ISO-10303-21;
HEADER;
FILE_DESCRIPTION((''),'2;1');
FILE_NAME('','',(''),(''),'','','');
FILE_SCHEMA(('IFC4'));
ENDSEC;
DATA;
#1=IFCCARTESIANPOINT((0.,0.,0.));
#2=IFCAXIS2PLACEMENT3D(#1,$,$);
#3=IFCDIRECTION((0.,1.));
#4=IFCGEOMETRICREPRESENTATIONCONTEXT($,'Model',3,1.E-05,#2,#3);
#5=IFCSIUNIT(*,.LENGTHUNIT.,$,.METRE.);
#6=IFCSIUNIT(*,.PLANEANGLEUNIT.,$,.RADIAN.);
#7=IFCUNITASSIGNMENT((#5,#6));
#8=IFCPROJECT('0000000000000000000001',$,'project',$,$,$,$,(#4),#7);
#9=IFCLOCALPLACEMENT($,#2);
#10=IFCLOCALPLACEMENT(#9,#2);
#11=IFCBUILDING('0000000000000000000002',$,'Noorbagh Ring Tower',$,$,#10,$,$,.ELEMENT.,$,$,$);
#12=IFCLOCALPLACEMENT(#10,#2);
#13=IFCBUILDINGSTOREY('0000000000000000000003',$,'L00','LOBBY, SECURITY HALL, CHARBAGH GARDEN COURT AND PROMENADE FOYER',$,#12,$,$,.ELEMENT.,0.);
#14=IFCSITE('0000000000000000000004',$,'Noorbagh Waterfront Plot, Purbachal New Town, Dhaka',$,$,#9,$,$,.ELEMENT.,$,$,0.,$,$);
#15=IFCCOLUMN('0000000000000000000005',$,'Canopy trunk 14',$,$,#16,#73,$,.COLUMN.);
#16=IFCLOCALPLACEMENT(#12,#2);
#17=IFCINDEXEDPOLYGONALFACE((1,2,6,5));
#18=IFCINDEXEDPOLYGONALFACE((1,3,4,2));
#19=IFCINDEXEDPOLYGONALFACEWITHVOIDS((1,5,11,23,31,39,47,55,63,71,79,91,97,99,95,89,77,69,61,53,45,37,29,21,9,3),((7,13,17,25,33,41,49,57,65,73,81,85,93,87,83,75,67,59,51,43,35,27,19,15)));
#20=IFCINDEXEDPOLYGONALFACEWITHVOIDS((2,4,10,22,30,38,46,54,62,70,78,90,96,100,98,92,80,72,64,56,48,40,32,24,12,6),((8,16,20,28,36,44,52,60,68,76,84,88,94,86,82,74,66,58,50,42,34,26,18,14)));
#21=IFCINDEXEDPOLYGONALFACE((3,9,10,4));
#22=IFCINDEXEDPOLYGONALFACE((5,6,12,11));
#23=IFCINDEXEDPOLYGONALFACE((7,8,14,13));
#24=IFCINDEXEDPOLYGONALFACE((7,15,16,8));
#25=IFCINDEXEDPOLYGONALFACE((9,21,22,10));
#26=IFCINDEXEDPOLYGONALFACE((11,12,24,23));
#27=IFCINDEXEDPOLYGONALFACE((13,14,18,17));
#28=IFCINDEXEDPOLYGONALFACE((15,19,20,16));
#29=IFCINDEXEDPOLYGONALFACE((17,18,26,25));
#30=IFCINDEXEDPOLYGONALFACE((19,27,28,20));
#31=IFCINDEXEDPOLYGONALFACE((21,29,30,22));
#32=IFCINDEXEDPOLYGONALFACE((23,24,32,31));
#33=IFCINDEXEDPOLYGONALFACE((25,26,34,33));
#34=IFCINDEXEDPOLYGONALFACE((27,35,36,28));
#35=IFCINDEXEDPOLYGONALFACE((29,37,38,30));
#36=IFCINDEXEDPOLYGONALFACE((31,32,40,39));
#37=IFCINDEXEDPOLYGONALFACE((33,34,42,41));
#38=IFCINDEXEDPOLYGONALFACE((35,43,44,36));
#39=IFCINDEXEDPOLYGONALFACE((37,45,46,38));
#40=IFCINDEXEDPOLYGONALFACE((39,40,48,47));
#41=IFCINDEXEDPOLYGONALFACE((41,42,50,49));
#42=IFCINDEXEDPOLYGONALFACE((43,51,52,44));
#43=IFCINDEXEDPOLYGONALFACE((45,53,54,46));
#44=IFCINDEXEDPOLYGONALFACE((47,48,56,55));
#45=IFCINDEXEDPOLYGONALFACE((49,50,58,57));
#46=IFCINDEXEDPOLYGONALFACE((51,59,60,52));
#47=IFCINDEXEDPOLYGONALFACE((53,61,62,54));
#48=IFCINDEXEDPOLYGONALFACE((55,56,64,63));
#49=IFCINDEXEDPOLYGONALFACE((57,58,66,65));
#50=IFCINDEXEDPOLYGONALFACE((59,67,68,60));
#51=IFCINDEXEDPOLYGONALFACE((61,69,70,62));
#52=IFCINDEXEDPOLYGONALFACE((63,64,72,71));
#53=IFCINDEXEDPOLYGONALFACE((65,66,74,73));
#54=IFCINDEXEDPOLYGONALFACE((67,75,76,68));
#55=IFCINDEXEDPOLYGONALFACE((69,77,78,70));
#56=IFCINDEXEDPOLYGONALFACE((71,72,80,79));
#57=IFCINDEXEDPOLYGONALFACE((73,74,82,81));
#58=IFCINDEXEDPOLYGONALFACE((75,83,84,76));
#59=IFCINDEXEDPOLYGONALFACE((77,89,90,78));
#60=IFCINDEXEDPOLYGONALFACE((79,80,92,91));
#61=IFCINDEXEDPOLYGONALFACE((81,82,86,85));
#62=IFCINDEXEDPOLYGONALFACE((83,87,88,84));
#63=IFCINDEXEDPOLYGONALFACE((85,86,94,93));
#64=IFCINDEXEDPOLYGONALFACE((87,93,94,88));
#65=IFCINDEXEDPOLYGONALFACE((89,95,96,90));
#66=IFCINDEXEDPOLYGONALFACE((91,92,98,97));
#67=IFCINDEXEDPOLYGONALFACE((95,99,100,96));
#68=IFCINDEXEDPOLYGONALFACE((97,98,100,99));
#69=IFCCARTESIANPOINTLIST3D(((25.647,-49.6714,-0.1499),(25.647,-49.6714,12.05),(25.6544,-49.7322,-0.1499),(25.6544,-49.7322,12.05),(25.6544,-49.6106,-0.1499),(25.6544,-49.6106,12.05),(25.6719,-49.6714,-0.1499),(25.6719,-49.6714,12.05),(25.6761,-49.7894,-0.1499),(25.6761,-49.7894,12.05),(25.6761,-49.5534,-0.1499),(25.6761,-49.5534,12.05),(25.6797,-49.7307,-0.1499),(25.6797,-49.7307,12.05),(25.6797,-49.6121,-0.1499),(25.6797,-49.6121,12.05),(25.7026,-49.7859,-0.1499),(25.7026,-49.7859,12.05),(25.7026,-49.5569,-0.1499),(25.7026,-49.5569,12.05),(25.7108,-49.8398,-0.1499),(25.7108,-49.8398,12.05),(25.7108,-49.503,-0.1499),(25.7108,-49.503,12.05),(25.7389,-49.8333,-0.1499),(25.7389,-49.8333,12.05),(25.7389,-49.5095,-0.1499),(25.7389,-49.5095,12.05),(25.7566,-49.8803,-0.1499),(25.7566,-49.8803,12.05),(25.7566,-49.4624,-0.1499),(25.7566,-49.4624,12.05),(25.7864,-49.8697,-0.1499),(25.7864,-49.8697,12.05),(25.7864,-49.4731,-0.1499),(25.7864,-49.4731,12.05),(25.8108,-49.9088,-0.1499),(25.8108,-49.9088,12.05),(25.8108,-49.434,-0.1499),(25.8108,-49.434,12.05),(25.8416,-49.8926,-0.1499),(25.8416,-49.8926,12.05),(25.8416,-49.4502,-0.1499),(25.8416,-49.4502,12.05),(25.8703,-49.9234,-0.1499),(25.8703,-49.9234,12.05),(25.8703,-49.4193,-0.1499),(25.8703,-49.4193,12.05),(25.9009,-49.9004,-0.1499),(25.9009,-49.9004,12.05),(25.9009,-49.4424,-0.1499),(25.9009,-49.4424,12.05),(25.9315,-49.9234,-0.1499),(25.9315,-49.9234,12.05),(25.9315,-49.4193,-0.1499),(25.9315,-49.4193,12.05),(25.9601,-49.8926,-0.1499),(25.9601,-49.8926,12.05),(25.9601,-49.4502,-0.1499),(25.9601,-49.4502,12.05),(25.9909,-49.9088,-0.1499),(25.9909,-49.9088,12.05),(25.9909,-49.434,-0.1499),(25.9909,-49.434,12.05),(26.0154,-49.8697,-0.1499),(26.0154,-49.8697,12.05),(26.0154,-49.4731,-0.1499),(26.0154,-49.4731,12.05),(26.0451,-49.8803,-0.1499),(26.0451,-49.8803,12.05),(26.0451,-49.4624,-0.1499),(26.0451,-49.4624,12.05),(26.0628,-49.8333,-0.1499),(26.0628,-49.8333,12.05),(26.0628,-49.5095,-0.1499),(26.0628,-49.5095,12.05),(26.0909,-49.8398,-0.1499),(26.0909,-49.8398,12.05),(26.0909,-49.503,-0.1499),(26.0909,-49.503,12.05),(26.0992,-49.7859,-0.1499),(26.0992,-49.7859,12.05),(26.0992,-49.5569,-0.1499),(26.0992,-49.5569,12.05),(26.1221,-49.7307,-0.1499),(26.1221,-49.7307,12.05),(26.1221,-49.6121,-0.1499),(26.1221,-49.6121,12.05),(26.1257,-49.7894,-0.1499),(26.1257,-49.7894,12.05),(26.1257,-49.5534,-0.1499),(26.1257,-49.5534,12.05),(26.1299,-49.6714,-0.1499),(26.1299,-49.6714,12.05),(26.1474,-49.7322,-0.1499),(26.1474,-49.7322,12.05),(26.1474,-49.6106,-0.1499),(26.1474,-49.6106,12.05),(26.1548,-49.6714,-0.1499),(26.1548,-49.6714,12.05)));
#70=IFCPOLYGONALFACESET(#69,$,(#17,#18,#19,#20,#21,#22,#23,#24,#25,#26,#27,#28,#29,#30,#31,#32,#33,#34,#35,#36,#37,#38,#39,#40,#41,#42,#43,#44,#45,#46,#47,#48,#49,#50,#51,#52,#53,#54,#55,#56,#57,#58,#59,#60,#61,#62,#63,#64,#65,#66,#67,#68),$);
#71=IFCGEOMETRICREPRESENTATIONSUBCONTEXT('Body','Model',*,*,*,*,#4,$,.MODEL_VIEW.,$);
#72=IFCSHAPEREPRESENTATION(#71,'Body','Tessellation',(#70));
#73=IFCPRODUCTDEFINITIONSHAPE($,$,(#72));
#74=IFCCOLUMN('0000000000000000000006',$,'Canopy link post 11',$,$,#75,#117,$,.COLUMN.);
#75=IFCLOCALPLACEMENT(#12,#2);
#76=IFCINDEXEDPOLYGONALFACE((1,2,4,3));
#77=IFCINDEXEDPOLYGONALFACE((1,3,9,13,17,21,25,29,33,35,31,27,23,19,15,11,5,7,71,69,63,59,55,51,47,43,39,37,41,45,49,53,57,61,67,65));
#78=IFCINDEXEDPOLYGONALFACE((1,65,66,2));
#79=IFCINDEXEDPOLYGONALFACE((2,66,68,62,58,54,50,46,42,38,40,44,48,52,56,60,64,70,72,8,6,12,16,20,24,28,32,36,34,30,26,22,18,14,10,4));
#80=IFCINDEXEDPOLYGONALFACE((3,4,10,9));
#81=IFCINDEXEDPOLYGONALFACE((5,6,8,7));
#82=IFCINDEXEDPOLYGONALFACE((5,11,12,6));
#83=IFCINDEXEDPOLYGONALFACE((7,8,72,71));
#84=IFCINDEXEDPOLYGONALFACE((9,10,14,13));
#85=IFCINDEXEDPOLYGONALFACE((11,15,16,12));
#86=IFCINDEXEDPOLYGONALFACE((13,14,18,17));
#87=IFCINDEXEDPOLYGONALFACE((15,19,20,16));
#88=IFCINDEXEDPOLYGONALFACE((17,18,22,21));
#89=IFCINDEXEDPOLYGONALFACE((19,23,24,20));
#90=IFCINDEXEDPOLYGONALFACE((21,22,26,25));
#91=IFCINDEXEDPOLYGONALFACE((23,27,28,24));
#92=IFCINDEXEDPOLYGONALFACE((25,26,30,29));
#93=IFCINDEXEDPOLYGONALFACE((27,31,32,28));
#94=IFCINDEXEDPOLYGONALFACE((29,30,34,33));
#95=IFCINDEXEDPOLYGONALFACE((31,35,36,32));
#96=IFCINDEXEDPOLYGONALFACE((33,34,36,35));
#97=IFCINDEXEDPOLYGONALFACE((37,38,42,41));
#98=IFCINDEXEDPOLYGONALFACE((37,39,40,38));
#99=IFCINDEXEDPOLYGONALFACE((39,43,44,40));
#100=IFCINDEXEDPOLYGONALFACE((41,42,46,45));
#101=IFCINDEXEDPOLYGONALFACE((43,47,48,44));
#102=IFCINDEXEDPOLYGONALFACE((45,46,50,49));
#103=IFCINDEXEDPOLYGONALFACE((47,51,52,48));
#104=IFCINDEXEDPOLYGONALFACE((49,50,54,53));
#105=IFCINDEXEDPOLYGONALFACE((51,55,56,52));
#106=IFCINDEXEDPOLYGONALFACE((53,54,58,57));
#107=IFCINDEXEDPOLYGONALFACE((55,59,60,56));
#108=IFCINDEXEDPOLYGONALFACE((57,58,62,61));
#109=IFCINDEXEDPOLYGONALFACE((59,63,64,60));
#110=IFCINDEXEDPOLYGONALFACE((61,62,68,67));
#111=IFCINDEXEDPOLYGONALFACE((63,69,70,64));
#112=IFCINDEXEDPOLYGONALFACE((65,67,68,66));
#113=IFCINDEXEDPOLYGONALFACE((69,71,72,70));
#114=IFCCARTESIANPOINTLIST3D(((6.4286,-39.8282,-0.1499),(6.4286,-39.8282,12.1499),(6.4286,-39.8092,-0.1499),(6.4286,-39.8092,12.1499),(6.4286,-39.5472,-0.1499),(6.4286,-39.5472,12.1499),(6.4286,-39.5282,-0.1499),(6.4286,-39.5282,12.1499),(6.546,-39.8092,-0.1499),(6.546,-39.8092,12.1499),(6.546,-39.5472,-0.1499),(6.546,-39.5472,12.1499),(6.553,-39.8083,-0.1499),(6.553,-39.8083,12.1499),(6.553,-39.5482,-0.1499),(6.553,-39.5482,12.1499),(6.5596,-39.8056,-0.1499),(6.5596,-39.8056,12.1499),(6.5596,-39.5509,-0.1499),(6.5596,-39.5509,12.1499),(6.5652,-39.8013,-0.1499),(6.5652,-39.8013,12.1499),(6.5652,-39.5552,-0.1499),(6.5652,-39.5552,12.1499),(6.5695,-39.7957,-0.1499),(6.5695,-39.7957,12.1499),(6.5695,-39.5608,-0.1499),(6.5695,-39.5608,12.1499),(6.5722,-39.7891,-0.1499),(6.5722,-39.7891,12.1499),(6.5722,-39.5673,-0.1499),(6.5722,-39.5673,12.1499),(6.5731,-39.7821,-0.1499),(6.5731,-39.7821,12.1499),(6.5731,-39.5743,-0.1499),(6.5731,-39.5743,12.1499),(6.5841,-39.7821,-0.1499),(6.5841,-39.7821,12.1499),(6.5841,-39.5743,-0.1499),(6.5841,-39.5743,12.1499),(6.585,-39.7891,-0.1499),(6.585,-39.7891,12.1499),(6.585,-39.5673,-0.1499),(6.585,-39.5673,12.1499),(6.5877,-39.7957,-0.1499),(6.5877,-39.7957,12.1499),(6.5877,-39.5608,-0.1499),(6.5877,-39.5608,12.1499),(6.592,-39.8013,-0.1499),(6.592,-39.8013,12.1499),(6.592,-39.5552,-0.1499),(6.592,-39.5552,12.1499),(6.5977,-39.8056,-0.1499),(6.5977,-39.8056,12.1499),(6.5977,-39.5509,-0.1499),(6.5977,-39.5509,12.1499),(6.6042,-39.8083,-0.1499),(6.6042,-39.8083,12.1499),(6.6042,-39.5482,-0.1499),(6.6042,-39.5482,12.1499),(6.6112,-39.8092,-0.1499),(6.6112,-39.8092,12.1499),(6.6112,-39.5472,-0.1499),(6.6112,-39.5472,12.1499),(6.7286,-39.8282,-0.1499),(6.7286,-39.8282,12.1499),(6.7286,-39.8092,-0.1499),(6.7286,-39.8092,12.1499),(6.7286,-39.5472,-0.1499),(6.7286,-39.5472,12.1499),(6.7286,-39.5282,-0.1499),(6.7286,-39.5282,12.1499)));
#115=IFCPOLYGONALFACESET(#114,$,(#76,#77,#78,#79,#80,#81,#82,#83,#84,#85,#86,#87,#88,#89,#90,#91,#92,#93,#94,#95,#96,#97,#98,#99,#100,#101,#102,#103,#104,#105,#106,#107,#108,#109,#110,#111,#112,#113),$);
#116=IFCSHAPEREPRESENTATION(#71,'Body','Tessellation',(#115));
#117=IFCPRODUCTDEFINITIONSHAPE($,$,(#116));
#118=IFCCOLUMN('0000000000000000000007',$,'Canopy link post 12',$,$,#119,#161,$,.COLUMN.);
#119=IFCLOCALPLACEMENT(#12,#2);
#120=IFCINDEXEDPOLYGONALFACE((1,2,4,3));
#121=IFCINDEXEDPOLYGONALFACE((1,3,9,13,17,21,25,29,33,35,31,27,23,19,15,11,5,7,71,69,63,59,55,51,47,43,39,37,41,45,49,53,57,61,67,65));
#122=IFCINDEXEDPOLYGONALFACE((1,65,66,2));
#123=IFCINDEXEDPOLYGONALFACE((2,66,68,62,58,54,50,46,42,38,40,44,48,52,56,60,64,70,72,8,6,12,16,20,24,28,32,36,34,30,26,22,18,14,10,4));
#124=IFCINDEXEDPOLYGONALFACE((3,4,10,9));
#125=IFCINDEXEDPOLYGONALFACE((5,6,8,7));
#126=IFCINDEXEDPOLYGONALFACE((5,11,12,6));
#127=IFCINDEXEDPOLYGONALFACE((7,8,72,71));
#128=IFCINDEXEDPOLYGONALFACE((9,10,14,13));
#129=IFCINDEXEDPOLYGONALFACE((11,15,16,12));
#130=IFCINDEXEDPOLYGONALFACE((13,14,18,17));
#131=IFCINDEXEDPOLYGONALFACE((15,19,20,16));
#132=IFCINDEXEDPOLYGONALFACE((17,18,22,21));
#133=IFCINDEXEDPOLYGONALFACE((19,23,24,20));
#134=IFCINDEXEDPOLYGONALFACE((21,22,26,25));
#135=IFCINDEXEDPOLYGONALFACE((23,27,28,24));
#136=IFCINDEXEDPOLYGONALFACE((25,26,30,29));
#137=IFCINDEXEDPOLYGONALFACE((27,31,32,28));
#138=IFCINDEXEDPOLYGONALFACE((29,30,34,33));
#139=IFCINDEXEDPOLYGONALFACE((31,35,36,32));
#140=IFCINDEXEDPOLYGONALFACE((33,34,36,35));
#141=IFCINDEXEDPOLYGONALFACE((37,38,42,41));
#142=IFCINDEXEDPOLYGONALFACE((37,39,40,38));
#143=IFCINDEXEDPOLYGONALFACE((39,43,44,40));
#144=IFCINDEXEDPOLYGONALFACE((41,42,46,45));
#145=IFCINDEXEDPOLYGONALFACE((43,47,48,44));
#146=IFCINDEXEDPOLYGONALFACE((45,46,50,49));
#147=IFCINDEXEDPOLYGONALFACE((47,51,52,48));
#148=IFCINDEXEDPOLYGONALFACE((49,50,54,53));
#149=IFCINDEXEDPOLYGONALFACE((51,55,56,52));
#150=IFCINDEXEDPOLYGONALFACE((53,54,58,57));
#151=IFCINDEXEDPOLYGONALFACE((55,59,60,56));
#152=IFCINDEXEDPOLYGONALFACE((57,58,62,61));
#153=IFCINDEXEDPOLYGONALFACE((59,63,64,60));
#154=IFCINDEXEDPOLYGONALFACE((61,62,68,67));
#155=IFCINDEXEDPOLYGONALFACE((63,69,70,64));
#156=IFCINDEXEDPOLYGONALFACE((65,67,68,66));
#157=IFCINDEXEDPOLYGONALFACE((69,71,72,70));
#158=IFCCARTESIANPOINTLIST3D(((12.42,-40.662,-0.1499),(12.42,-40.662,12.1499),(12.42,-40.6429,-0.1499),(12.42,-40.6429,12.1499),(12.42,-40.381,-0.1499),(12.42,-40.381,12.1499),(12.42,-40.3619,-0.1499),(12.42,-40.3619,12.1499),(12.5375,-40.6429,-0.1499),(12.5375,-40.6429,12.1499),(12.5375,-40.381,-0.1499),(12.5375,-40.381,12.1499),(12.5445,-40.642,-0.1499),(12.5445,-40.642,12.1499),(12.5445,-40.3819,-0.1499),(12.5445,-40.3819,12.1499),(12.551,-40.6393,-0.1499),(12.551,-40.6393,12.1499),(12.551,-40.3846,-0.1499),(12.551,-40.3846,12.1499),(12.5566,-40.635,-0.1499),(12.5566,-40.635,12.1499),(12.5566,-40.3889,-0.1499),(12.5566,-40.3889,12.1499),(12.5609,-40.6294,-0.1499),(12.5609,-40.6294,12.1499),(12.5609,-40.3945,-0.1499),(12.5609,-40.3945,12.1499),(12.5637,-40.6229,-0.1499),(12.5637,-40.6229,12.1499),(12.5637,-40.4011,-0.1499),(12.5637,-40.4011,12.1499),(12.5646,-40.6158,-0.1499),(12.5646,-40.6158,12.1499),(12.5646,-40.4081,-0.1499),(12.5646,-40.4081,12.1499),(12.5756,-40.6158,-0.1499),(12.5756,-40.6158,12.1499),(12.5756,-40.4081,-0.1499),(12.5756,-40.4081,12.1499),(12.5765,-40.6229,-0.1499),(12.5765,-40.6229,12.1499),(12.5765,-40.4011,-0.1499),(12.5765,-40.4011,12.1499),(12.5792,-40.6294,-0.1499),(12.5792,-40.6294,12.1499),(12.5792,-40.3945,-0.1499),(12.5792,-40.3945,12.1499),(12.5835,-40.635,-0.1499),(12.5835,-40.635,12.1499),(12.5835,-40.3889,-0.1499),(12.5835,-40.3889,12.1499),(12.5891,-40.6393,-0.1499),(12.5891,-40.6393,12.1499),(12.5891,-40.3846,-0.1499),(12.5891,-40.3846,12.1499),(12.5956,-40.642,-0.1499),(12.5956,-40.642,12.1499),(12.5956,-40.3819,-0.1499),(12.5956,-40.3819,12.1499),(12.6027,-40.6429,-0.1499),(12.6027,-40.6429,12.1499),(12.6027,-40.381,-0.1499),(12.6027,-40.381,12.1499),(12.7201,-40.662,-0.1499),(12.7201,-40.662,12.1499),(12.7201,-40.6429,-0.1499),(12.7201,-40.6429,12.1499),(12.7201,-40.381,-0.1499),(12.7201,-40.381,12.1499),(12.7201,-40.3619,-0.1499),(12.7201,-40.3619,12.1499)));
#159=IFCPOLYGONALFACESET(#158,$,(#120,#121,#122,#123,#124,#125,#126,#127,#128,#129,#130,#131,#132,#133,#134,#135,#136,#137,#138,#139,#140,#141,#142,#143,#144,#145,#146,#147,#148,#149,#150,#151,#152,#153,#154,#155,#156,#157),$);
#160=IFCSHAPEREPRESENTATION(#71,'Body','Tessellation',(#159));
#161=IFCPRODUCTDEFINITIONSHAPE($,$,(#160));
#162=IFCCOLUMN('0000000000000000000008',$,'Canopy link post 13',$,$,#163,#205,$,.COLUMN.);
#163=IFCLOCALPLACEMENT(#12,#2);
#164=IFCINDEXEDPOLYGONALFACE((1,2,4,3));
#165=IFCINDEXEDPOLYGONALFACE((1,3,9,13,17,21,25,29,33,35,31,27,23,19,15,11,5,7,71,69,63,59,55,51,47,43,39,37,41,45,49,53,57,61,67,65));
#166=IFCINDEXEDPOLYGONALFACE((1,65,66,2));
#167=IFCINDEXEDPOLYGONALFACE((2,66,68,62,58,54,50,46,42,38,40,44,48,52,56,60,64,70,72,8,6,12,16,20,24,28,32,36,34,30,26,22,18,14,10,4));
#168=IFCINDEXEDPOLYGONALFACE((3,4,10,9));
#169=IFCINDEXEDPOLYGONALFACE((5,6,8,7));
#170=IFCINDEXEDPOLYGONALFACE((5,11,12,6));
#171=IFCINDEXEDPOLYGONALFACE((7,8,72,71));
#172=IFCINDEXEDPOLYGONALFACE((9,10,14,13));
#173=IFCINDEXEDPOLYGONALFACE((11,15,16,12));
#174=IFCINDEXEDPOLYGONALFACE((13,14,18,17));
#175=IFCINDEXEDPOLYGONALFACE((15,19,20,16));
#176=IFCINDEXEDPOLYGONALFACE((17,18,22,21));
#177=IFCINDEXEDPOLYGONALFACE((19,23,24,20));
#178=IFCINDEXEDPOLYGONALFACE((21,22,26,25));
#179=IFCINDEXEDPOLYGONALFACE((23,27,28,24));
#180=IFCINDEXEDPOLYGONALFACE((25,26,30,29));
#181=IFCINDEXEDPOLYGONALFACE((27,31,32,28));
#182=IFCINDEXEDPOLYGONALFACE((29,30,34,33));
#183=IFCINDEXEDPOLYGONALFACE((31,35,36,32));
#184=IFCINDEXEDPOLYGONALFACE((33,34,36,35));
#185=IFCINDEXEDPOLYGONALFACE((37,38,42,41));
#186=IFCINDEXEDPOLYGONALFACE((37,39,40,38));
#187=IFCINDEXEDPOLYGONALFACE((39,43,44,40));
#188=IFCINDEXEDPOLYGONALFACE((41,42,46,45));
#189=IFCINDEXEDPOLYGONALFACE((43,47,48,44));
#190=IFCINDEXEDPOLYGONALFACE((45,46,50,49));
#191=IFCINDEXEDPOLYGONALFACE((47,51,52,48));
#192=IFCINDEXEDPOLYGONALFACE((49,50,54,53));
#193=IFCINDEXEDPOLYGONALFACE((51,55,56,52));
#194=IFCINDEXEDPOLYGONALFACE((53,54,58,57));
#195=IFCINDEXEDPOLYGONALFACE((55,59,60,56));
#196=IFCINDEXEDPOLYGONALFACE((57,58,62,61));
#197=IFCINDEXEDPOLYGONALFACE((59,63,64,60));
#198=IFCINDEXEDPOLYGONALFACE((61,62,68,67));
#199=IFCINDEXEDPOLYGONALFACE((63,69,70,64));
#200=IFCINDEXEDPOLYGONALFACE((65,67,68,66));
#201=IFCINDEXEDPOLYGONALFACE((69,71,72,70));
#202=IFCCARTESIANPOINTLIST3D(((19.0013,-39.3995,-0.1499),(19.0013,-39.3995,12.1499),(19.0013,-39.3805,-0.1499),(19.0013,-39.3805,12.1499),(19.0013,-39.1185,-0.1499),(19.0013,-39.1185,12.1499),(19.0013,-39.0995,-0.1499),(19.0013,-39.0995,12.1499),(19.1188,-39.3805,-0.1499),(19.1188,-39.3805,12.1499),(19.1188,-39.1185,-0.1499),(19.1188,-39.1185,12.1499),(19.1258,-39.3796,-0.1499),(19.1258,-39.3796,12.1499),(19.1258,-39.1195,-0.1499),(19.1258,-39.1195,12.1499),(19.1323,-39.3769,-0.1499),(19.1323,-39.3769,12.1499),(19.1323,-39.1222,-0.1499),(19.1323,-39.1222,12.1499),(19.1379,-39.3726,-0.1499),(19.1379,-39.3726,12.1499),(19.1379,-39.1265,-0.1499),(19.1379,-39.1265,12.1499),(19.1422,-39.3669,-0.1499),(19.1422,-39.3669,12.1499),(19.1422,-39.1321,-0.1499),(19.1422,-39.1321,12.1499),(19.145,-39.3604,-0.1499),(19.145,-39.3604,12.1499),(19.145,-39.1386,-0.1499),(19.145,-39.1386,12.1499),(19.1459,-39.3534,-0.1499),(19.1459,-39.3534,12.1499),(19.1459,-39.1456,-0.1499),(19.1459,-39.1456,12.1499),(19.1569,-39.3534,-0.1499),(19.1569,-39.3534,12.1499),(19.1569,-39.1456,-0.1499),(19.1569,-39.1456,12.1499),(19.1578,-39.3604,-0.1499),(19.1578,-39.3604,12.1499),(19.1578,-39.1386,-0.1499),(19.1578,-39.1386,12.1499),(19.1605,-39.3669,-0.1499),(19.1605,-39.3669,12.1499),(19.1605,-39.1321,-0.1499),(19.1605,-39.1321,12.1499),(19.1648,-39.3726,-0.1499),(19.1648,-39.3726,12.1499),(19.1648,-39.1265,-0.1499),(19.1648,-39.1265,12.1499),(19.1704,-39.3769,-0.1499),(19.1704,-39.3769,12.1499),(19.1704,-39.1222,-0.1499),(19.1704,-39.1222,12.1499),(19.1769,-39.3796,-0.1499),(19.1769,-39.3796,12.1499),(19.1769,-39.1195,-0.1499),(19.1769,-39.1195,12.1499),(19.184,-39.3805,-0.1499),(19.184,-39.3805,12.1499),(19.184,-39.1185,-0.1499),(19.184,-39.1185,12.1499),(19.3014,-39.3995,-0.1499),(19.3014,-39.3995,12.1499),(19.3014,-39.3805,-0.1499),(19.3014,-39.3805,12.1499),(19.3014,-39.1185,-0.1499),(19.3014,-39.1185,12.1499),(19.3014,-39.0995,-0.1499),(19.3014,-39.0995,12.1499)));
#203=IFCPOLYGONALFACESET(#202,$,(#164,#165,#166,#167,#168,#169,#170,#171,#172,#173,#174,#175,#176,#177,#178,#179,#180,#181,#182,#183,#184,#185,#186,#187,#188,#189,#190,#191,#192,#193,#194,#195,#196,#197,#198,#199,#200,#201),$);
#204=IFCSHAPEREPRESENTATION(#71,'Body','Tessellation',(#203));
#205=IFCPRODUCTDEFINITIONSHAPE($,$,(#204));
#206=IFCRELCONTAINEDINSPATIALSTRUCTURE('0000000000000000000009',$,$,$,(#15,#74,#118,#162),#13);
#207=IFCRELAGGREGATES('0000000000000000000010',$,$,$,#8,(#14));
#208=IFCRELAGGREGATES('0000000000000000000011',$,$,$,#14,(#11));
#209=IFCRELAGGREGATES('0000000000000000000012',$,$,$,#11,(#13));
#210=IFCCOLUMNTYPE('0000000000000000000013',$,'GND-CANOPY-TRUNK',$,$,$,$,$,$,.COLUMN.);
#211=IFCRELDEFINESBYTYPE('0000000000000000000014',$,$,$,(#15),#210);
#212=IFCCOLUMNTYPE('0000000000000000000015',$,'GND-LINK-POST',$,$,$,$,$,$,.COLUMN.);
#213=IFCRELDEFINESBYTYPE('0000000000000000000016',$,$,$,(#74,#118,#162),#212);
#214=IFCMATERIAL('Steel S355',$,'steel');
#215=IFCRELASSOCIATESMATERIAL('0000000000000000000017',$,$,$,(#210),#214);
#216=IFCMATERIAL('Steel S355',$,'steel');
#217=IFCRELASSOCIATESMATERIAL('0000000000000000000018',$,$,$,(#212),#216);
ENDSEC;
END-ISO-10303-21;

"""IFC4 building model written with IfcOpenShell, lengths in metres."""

from ifc_helpers import new_model, si_unit, direction, frame, origin, origin_2d, place, context, subcontext, project, spatial, hollow_circle, i_section, extrude, material, material_profile, profile_set, type_object, element, save


model = new_model("IFC4")

# Units and contexts
model_context = context("Model", 3, precision=1e-05, world=origin(), true_north=direction((0.0, 1.0)))
body_context = subcontext(model_context, "Body", "Model", "MODEL_VIEW")
ifc_project = project(units=[si_unit("LENGTHUNIT", "METRE"), si_unit("PLANEANGLEUNIT", "RADIAN")], contexts=[model_context])

# Site, building, storey
site_placement = place(None, origin())
site = spatial("IfcSite", under=ifc_project, at=site_placement, Name="Noorbagh Waterfront Plot, Purbachal New Town, Dhaka", CompositionType="ELEMENT", RefElevation=0.0)
building_placement = place(site_placement, origin())
building = spatial("IfcBuilding", under=site, at=building_placement, Name="Noorbagh Ring Tower", CompositionType="ELEMENT")
storey_placement = place(building_placement, origin())
storey = spatial("IfcBuildingStorey", under=building, at=storey_placement, Name="L00", Description="LOBBY, SECURITY HALL, CHARBAGH GARDEN COURT AND PROMENADE FOYER", CompositionType="ELEMENT", Elevation=0.0)

# Columns
ifc_material_1 = material(Name="Steel S355", Category="steel")
ifc_material_profile_1 = material_profile(ifc_material_1, hollow_circle(Radius=0.2539, WallThickness=0.0249, at=origin_2d()), Name="CHS508x25")
ifc_profile_set_1 = profile_set([ifc_material_profile_1], Name="Steel S355")
column_type_1 = type_object("IfcColumnType", Name="GND-CANOPY-TRUNK", PredefinedType="COLUMN", material=ifc_profile_set_1)
column_placement = place(storey_placement, frame((25.9009, -49.6714, -0.1499), z_axis=(0.0, 0.0, 1.0), x_axis=(1.0, 0.0, 0.0)))
element("IfcColumn", 1, at=column_placement, inside=storey, type_object=column_type_1, Name="Canopy trunk 14", PredefinedType="COLUMN", context=body_context, shape_type="SweptSolid", body=[
    extrude(hollow_circle(Radius=0.2539, WallThickness=0.0249, at=origin_2d()), origin(), (0.0, 0.0, 1.0), 12.2),
])
ifc_material_2 = material(Name="Steel S355", Category="steel")
ifc_material_profile_2 = material_profile(ifc_material_2, i_section(OverallWidth=0.3, OverallDepth=0.3, WebThickness=0.011, FlangeThickness=0.019, FilletRadius=0.0271, at=origin_2d()), Name="HEB300")
ifc_profile_set_2 = profile_set([ifc_material_profile_2], Name="Steel S355")
column_type_2 = type_object("IfcColumnType", Name="GND-LINK-POST", PredefinedType="COLUMN", material=ifc_profile_set_2)
for number, where, z_axis, x_axis, name in (
    (2, (6.5786, -39.6782, -0.1499), (0.0, 0.0, 1.0), (1.0, 0.0, 0.0), "Canopy link post 11"),
    (3, (12.5701, -40.512, -0.1499), (0.0, 0.0, 1.0), (1.0, 0.0, 0.0), "Canopy link post 12"),
    (4, (19.1514, -39.2495, -0.1499), (0.0, 0.0, 1.0), (1.0, 0.0, 0.0), "Canopy link post 13"),
):
    element("IfcColumn", number, at=place(storey_placement, frame(where, z_axis=z_axis, x_axis=x_axis)), inside=storey, type_object=column_type_2, Name=name, PredefinedType="COLUMN", context=body_context, shape_type="SweptSolid", body=[
        extrude(i_section(OverallWidth=0.3, OverallDepth=0.3, WebThickness=0.011, FlangeThickness=0.019, FilletRadius=0.0271, at=origin_2d()), origin(), (0.0, 0.0, 1.0), 12.2998),
    ])

save(model, "model.ifc")
